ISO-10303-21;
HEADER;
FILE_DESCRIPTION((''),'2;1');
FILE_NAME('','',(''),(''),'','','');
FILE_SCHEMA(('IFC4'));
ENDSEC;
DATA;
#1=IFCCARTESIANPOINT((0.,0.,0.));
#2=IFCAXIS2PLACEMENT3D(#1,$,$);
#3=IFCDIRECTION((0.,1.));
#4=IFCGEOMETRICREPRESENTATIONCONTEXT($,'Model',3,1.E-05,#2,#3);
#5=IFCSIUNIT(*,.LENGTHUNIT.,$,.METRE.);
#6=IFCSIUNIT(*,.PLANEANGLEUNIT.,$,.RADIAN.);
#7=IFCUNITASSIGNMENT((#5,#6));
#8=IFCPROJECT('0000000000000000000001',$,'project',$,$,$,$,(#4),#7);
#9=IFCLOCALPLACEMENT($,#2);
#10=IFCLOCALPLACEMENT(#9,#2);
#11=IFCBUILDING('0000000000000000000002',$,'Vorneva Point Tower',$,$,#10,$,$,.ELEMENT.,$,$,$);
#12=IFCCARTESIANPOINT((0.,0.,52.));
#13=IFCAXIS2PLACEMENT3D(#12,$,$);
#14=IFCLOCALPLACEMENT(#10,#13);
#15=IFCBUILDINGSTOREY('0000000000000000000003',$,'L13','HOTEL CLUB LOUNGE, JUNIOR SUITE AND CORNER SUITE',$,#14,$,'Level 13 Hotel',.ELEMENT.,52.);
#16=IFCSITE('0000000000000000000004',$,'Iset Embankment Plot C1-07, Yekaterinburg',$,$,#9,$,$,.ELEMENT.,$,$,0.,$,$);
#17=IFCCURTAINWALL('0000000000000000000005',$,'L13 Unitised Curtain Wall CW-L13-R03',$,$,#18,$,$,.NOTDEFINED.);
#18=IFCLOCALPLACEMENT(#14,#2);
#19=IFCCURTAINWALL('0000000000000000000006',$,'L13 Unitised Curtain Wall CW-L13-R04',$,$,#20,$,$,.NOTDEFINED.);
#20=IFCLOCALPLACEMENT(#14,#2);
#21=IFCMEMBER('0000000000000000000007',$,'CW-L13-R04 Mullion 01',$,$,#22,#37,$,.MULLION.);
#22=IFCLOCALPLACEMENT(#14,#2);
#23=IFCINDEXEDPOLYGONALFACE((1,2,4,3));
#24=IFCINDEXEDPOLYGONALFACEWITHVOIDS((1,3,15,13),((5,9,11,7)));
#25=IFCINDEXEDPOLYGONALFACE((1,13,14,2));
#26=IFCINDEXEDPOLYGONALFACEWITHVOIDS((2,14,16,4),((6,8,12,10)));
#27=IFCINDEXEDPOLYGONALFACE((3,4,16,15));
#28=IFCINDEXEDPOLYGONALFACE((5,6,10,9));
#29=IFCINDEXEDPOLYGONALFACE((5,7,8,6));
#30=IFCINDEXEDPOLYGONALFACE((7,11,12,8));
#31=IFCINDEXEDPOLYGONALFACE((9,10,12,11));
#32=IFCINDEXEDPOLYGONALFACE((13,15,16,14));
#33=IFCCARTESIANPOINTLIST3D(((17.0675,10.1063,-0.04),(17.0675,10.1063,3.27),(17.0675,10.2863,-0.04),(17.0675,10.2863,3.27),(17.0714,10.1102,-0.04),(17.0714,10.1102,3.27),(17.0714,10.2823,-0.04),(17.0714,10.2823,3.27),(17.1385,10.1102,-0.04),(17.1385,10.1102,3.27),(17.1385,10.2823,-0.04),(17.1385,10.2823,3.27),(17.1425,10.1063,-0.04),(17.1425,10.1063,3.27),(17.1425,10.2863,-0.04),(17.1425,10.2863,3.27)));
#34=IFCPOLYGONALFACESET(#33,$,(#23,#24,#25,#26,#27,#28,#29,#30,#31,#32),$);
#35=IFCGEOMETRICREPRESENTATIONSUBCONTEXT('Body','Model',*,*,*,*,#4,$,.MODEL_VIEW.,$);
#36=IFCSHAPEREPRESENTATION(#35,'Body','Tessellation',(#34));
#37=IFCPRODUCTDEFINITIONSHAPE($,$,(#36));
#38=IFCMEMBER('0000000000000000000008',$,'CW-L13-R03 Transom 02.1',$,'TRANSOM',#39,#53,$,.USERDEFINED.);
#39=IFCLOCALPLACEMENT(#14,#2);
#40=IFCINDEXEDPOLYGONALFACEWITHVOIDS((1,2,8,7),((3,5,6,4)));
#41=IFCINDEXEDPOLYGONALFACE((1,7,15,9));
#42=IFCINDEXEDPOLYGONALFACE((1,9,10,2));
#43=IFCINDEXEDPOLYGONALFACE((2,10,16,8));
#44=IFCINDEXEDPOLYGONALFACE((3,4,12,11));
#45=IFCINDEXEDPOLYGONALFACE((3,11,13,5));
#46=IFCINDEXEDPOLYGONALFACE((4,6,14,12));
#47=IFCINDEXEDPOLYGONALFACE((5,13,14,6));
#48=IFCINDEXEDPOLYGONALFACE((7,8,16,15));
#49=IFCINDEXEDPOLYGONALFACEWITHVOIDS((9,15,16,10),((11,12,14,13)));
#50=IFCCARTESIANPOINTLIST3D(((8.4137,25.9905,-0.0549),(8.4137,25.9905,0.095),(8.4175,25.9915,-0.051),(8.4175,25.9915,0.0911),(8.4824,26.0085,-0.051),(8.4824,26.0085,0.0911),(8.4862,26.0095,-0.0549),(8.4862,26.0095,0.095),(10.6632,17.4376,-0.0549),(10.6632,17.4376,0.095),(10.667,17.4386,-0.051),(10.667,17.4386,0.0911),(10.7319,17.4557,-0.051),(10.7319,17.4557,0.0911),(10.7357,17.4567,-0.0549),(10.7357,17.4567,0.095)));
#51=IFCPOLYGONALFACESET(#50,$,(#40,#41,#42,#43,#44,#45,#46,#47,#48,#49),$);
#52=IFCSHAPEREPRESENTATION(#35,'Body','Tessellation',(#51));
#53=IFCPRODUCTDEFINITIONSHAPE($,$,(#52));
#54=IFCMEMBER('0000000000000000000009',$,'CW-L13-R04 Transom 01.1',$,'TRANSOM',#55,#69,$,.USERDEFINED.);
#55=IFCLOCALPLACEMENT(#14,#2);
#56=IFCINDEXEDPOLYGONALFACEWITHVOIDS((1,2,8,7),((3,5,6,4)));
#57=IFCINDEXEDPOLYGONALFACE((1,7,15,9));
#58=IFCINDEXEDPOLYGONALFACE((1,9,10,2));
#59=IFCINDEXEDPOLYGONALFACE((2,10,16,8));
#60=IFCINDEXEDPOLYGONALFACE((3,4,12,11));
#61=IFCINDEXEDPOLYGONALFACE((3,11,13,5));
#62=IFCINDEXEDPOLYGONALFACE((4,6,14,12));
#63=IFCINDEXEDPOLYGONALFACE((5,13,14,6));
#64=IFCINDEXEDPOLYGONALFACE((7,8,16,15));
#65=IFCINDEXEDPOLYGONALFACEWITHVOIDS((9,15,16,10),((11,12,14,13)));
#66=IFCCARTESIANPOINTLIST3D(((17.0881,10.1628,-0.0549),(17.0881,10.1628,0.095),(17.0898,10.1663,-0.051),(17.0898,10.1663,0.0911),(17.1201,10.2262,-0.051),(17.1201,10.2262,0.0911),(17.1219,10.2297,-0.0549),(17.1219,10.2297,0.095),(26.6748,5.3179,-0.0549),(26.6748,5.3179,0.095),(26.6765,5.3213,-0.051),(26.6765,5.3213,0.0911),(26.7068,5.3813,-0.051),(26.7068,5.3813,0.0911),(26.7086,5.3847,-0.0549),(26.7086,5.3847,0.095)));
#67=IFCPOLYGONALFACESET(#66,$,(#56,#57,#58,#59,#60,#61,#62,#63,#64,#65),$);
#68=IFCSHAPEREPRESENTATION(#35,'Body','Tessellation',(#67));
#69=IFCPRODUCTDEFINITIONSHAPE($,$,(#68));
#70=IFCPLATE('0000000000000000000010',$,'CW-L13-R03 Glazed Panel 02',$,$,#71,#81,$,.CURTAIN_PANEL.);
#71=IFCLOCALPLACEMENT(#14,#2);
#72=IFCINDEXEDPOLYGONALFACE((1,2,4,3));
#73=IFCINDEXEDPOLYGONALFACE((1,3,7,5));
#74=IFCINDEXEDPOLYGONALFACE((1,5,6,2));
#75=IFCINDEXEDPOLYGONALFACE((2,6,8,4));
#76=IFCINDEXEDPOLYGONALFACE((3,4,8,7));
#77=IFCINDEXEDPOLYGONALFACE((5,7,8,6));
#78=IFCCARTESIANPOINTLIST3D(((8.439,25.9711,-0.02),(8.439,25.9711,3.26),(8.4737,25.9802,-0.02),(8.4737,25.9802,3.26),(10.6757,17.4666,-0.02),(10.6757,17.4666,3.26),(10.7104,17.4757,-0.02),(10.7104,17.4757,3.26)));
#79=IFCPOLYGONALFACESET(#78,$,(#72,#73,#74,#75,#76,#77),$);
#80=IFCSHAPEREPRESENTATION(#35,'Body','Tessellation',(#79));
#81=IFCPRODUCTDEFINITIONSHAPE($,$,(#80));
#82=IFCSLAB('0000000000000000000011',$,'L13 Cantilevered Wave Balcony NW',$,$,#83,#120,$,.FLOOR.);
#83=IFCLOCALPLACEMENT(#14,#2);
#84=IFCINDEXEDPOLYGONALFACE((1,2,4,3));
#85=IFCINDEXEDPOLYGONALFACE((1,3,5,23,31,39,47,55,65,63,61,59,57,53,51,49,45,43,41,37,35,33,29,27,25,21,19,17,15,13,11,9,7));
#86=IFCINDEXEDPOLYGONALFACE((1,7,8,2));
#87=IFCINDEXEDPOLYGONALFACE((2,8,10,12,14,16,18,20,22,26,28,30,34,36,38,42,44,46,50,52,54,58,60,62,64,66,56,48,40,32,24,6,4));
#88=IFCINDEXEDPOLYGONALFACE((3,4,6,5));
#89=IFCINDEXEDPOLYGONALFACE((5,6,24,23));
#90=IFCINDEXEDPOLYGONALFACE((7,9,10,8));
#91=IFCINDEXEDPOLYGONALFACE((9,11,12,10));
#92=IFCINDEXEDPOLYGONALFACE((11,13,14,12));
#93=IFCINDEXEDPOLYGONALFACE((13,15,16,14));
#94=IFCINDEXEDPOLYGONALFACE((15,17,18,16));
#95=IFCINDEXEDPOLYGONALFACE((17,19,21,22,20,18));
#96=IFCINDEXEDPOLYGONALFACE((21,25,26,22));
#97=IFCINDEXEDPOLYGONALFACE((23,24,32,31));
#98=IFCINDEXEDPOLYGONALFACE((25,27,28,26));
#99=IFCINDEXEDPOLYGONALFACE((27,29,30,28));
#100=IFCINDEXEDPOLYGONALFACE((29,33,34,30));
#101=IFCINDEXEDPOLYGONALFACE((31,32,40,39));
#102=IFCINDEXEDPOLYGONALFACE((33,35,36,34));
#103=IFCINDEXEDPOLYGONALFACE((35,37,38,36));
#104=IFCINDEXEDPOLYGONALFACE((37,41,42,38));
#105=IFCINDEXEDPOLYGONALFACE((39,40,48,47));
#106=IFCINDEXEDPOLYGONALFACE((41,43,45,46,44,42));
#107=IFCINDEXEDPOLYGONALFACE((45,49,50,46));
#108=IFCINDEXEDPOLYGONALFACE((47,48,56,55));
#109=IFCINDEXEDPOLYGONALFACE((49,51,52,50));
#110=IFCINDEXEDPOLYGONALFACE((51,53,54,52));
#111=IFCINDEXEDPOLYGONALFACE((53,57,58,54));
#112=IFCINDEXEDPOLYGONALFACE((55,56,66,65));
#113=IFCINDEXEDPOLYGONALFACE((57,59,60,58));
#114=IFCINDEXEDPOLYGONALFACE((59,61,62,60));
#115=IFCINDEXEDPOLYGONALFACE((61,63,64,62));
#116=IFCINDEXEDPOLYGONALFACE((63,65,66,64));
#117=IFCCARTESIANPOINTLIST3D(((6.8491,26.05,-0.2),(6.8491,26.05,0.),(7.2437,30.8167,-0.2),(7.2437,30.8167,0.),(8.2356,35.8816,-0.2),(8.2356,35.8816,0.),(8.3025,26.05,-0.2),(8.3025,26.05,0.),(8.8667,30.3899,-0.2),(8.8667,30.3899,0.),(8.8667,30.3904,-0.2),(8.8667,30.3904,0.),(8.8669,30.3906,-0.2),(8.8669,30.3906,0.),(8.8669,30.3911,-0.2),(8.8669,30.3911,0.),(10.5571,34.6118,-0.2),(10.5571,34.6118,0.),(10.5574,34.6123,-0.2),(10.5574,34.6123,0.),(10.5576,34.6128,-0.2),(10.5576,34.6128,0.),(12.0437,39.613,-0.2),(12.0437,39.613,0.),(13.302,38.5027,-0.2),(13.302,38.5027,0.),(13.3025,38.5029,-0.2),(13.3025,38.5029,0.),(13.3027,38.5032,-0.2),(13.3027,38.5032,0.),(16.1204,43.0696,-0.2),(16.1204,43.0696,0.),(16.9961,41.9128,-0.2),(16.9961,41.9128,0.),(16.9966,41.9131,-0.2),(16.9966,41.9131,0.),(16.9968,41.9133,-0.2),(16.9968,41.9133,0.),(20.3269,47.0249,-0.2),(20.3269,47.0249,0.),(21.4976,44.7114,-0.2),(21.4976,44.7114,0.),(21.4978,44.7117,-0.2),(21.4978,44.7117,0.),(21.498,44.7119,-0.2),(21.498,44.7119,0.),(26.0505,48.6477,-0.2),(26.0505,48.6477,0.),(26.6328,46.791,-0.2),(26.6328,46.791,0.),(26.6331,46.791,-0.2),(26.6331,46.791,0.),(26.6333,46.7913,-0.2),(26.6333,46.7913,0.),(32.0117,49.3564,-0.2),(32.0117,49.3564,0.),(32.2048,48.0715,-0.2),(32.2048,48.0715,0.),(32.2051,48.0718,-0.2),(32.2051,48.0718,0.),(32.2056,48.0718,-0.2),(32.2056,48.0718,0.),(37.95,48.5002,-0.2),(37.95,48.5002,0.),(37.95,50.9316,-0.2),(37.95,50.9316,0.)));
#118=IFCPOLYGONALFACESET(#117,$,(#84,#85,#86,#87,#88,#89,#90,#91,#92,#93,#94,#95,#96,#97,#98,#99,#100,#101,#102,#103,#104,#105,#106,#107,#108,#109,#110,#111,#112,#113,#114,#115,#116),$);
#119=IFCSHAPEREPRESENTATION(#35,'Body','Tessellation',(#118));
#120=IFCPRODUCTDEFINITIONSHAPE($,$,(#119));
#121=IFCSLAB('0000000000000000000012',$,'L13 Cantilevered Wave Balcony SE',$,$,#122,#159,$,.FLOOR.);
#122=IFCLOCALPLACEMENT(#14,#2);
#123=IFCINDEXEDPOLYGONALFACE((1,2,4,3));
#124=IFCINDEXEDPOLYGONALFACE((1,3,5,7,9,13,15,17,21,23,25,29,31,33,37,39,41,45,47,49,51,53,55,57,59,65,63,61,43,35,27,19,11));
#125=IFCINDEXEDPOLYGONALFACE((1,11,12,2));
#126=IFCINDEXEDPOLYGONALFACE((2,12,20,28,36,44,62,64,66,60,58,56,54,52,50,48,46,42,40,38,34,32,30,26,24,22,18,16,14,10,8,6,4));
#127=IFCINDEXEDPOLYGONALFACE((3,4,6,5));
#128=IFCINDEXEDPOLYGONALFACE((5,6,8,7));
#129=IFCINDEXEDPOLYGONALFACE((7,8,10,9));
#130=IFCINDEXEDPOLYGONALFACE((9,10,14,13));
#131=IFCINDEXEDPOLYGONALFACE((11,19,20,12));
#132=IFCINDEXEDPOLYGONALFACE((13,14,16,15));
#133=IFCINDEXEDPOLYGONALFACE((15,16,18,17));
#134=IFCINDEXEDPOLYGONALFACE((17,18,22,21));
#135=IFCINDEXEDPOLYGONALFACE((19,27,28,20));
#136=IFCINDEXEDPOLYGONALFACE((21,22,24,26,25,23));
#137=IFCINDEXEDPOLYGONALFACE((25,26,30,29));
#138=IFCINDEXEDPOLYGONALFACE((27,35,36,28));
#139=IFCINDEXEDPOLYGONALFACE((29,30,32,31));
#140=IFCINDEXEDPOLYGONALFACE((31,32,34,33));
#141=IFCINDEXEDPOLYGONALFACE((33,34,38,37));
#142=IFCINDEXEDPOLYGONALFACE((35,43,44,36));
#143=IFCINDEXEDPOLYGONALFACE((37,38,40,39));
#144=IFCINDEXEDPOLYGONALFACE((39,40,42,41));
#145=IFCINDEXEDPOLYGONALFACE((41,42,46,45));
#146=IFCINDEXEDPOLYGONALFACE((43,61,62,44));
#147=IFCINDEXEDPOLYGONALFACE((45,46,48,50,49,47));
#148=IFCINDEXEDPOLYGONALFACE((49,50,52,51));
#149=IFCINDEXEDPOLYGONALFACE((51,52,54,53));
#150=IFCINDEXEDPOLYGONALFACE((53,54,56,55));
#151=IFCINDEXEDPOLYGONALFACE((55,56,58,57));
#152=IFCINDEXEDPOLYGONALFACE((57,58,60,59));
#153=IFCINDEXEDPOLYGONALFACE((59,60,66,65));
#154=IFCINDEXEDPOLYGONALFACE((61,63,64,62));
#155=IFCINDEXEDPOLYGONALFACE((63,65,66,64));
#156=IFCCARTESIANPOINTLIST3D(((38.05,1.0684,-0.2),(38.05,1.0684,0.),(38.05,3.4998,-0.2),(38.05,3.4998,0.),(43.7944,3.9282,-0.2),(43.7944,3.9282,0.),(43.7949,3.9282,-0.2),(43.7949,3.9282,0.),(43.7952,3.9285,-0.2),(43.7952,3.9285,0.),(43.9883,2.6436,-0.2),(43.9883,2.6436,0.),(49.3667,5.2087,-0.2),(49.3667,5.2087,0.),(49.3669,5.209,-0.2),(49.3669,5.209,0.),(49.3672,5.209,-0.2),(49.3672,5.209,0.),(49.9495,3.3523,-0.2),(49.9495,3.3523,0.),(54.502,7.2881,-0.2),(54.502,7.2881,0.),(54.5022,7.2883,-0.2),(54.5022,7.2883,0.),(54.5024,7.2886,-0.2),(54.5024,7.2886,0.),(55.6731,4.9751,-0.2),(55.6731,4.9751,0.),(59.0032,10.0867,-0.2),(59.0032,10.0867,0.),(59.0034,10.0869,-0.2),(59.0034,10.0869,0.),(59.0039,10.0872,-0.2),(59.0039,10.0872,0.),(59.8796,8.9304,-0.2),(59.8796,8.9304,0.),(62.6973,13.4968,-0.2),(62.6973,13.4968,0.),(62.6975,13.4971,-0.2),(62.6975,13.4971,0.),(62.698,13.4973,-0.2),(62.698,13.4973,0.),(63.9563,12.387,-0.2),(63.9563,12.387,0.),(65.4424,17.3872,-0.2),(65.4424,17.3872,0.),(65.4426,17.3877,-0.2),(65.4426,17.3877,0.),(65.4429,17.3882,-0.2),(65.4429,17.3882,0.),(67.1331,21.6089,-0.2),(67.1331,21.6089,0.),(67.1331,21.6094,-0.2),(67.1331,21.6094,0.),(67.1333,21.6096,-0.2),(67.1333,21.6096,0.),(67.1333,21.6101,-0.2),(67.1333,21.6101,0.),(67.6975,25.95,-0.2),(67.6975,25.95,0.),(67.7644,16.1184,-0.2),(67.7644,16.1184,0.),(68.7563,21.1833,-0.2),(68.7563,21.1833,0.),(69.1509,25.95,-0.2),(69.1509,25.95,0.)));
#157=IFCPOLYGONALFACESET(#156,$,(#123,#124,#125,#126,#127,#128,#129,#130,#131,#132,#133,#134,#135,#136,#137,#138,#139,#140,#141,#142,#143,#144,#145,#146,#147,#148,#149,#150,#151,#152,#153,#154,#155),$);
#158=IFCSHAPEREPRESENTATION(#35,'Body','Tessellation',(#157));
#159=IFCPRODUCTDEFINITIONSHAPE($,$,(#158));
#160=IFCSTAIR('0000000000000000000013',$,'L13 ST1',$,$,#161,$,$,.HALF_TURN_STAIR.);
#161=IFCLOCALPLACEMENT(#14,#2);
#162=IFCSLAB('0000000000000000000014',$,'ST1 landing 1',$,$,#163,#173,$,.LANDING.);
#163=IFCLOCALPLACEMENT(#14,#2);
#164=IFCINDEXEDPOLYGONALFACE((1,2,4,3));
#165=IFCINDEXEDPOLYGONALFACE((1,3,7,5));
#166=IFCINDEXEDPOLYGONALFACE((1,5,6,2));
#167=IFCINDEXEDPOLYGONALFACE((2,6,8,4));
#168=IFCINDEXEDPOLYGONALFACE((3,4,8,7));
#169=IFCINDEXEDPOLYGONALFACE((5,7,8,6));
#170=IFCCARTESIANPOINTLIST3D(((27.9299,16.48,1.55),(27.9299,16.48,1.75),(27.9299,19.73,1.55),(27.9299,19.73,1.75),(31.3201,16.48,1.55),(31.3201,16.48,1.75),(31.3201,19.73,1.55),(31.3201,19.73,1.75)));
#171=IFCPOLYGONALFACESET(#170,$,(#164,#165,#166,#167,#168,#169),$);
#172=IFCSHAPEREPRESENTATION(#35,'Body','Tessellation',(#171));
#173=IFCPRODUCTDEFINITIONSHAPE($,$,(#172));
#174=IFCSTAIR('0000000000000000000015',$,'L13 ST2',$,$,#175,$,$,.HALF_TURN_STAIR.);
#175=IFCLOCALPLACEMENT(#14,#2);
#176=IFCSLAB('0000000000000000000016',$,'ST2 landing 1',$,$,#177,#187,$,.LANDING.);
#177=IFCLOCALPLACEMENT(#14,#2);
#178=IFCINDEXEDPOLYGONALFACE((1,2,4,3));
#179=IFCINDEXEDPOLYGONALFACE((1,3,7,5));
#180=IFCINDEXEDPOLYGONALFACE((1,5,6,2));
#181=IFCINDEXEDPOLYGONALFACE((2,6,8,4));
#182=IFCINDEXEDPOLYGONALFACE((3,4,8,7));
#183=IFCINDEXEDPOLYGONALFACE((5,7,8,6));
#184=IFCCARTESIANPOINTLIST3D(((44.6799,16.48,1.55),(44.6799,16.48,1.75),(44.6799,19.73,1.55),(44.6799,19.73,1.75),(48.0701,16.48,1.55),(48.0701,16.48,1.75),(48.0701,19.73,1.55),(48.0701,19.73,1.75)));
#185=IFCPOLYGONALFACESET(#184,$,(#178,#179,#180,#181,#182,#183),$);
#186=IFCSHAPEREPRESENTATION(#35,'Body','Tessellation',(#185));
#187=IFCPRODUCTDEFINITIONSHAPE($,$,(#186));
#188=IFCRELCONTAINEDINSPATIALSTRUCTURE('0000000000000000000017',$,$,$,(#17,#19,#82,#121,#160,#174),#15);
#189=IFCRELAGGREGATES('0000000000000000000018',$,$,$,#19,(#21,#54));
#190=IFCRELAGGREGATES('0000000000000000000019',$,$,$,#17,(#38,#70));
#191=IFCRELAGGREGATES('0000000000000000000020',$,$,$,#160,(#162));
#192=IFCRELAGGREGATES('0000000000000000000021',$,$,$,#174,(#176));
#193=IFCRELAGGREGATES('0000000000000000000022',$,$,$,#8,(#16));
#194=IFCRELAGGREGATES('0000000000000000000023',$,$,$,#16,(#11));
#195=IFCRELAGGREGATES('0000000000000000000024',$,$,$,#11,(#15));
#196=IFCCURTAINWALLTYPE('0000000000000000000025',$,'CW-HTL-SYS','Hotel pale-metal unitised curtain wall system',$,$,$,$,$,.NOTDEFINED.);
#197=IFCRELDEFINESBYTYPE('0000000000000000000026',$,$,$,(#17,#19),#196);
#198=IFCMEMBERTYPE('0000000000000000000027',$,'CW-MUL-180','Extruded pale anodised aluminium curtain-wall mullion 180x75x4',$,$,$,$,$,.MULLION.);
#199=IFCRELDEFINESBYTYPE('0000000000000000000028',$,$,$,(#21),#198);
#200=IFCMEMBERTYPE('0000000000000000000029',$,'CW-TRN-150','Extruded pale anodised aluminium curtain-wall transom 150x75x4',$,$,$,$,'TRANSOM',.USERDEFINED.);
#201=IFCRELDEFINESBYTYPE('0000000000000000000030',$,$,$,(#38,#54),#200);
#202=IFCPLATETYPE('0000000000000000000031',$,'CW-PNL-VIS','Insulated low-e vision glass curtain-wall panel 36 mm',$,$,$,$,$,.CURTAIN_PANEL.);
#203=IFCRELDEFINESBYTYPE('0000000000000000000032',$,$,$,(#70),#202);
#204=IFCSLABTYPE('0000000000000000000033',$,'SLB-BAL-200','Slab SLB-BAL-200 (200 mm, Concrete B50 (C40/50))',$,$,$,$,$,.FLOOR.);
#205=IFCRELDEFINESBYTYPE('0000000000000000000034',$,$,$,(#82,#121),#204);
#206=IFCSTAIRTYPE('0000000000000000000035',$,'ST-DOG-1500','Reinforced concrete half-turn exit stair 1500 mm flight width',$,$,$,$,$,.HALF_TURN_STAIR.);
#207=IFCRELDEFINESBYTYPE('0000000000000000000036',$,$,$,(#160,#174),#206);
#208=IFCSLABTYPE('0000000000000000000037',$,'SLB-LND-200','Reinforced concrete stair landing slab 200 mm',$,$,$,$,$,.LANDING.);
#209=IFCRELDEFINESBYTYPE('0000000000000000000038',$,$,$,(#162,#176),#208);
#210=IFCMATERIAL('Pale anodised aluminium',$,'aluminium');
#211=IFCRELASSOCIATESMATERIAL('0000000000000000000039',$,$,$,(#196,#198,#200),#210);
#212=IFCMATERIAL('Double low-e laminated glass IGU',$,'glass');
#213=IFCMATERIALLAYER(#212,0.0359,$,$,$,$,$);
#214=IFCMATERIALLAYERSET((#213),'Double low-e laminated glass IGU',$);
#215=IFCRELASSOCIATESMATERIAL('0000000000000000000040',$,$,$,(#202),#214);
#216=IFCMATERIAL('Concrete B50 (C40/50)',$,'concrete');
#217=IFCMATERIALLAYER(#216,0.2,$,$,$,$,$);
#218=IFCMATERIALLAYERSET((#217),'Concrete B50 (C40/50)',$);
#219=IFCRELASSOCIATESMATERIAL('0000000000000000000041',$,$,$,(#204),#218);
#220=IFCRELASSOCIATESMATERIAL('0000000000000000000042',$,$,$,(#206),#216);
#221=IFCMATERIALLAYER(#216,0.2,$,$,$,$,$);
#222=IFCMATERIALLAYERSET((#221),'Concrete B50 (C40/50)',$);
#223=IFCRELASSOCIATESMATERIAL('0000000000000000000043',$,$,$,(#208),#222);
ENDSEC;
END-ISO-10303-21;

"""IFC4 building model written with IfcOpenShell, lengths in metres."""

from ifc_helpers import new_model, si_unit, direction, frame, origin, origin_2d, place, context, subcontext, project, spatial, polyline, rectangle, hollow_rectangle, outline, extrude, material, layer, layer_set, material_profile, profile_set, type_object, element, aggregate, save


model = new_model("IFC4")

# Units and contexts
model_context = context("Model", 3, precision=1e-05, world=origin(), true_north=direction((0.0, 1.0)))
body_context = subcontext(model_context, "Body", "Model", "MODEL_VIEW")
ifc_project = project(units=[si_unit("LENGTHUNIT", "METRE"), si_unit("PLANEANGLEUNIT", "RADIAN")], contexts=[model_context])

# Site, building, storey
site_placement = place(None, origin())
site = spatial("IfcSite", under=ifc_project, at=site_placement, Name="Iset Embankment Plot C1-07, Yekaterinburg", CompositionType="ELEMENT", RefElevation=0.0)
building_placement = place(site_placement, origin())
building = spatial("IfcBuilding", under=site, at=building_placement, Name="Vorneva Point Tower", CompositionType="ELEMENT")
storey_placement = place(building_placement, frame((0.0, 0.0, 52.0)))
storey = spatial("IfcBuildingStorey", under=building, at=storey_placement, Name="L13", Description="HOTEL CLUB LOUNGE, JUNIOR SUITE AND CORNER SUITE", LongName="Level 13 Hotel", CompositionType="ELEMENT", Elevation=52.0)

# Curtain wall
ifc_material_1 = material(Name="Pale anodised aluminium", Category="aluminium")
curtain_wall_type = type_object("IfcCurtainWallType", Name="CW-HTL-SYS", Description="Hotel pale-metal unitised curtain wall system", PredefinedType="NOTDEFINED", material=ifc_material_1)
curtain_wall_1_placement = place(storey_placement, origin())
curtain_wall_1 = element("IfcCurtainWall", 1, at=curtain_wall_1_placement, inside=storey, type_object=curtain_wall_type, Name="L13 Unitised Curtain Wall CW-L13-R03", PredefinedType="NOTDEFINED")
ifc_material_profile_1 = material_profile(ifc_material_1, hollow_rectangle(XDim=0.075, YDim=0.1799, WallThickness=0.0039, at=origin_2d()), Name="AL-MUL 180x75x4")
ifc_profile_set_1 = profile_set([ifc_material_profile_1], Name="Pale anodised aluminium")
member_type_1 = type_object("IfcMemberType", Name="CW-MUL-180", Description="Extruded pale anodised aluminium curtain-wall mullion 180x75x4", PredefinedType="MULLION", material=ifc_profile_set_1)

# Curtain wall, member
curtain_wall_2_placement = place(storey_placement, origin())
curtain_wall_2 = element("IfcCurtainWall", 2, at=curtain_wall_2_placement, inside=storey, type_object=curtain_wall_type, Name="L13 Unitised Curtain Wall CW-L13-R04", PredefinedType="NOTDEFINED")
member_1_placement = place(storey_placement, frame((17.105, 10.1963, -0.04), z_axis=(0.0, 0.0, 1.0), x_axis=(1.0, 0.0, 0.0)))
member_1 = element("IfcMember", 3, at=member_1_placement, type_object=member_type_1, Name="CW-L13-R04 Mullion 01", PredefinedType="MULLION", context=body_context, shape_type="SweptSolid", body=[
    extrude(hollow_rectangle(XDim=0.075, YDim=0.1799, WallThickness=0.0039, at=origin_2d()), origin(), (0.0, 0.0, 1.0), 3.3101),
])

# Members
ifc_material_profile_2 = material_profile(ifc_material_1, hollow_rectangle(XDim=0.075, YDim=0.1499, WallThickness=0.0039, at=origin_2d()), Name="AL-TRN 150x75x4")
ifc_profile_set_2 = profile_set([ifc_material_profile_2], Name="Pale anodised aluminium")
member_type_2 = type_object("IfcMemberType", Name="CW-TRN-150", Description="Extruded pale anodised aluminium curtain-wall transom 150x75x4", ElementType="TRANSOM", PredefinedType="USERDEFINED", material=ifc_profile_set_2)
member_2_placement = place(storey_placement, frame((8.45, 26.0, 0.02), z_axis=(0.254359, -0.96711, 0.0), x_axis=(0.96711, 0.254359, 0.0)))
member_2 = element("IfcMember", 4, at=member_2_placement, type_object=member_type_2, Name="CW-L13-R03 Transom 02.1", ObjectType="TRANSOM", PredefinedType="USERDEFINED", context=body_context, shape_type="SweptSolid", body=[
    extrude(hollow_rectangle(XDim=0.075, YDim=0.1499, WallThickness=0.0039, at=origin_2d()), origin(), (0.0, 0.0, 1.0), 8.8438),
])
member_3_placement = place(storey_placement, frame((17.105, 10.1963, 0.02), z_axis=(0.892496, -0.451055, 0.0), x_axis=(0.451055, 0.892496, 0.0)))
member_3 = element("IfcMember", 5, at=member_3_placement, type_object=member_type_2, Name="CW-L13-R04 Transom 01.1", ObjectType="TRANSOM", PredefinedType="USERDEFINED", context=body_context, shape_type="SweptSolid", body=[
    extrude(hollow_rectangle(XDim=0.075, YDim=0.1499, WallThickness=0.0039, at=origin_2d()), origin(), (0.0, 0.0, 1.0), 10.7415),
])
aggregate(curtain_wall_2, [member_1, member_3])

# Plate
ifc_material_2 = material(Name="Double low-e laminated glass IGU", Category="glass")
ifc_layer_1 = layer(ifc_material_2, 0.0359)
ifc_layer_set_1 = layer_set([ifc_layer_1], Name="Double low-e laminated glass IGU")
plate_type = type_object("IfcPlateType", Name="CW-PNL-VIS", Description="Insulated low-e vision glass curtain-wall panel 36 mm", PredefinedType="CURTAIN_PANEL", material=ifc_layer_set_1)
plate_placement = place(storey_placement, frame((9.5747, 21.7234, -0.02), z_axis=(0.0, 0.0, 1.0), x_axis=(0.254349, -0.967113, 0.0)))
plate = element("IfcPlate", 6, at=plate_placement, type_object=plate_type, Name="CW-L13-R03 Glazed Panel 02", PredefinedType="CURTAIN_PANEL", context=body_context, shape_type="SweptSolid", body=[
    extrude(rectangle(XDim=8.7937, YDim=0.0359, at=origin_2d()), origin(), (0.0, 0.0, 1.0), 3.28),
])
aggregate(curtain_wall_1, [member_2, plate])

# Slabs
ifc_material_3 = material(Name="Concrete B50 (C40/50)", Category="concrete")
ifc_layer_2 = layer(ifc_material_3, 0.2)
ifc_layer_set_2 = layer_set([ifc_layer_2], Name="Concrete B50 (C40/50)")
slab_type_1 = type_object("IfcSlabType", Name="SLB-BAL-200", Description="Slab SLB-BAL-200 (200 mm, Concrete B50 (C40/50))", PredefinedType="FLOOR", material=ifc_layer_set_2)
slab_1_placement = place(storey_placement, frame((0.0, 0.0, -0.2)))
element("IfcSlab", 7, at=slab_1_placement, inside=storey, type_object=slab_type_1, Name="L13 Cantilevered Wave Balcony NW", PredefinedType="FLOOR", context=body_context, shape_type="SweptSolid", body=[
    extrude(outline(polyline([(6.8491, 26.05), (8.3025, 26.05), (8.8667, 30.3899), (8.8667, 30.3904), (8.8669, 30.3906), (8.8669, 30.3911), (10.5571, 34.6118), (10.5574, 34.6123), (10.5576, 34.6128), (13.302, 38.5027), (13.3025, 38.5029), (13.3027, 38.5032), (16.9961, 41.9128), (16.9966, 41.9131), (16.9968, 41.9133), (21.4976, 44.7114), (21.4978, 44.7117), (21.498, 44.7119), (26.6328, 46.791), (26.6331, 46.791), (26.6333, 46.7913), (32.2048, 48.0715), (32.2051, 48.0718), (32.2056, 48.0718), (37.95, 48.5002), (37.95, 50.9316), (32.0117, 49.3564), (26.0505, 48.6477), (20.3269, 47.0249), (16.1204, 43.0696), (12.0437, 39.613), (8.2356, 35.8816), (7.2437, 30.8167), (6.8491, 26.05)])), origin(), (0.0, 0.0, 1.0), 0.2),
])
slab_2_placement = place(storey_placement, frame((0.0, 0.0, -0.2)))
element("IfcSlab", 8, at=slab_2_placement, inside=storey, type_object=slab_type_1, Name="L13 Cantilevered Wave Balcony SE", PredefinedType="FLOOR", context=body_context, shape_type="SweptSolid", body=[
    extrude(outline(polyline([(68.7563, 21.1833), (69.1509, 25.95), (67.6975, 25.95), (67.1333, 21.6101), (67.1333, 21.6096), (67.1331, 21.6094), (67.1331, 21.6089), (65.4429, 17.3882), (65.4426, 17.3877), (65.4424, 17.3872), (62.698, 13.4973), (62.6975, 13.4971), (62.6973, 13.4968), (59.0039, 10.0872), (59.0034, 10.0869), (59.0032, 10.0867), (54.5024, 7.2886), (54.5022, 7.2883), (54.502, 7.2881), (49.3672, 5.209), (49.3669, 5.209), (49.3667, 5.2087), (43.7952, 3.9285), (43.7949, 3.9282), (43.7944, 3.9282), (38.05, 3.4998), (38.05, 1.0684), (43.9883, 2.6436), (49.9495, 3.3523), (55.6731, 4.9751), (59.8796, 8.9304), (63.9563, 12.387), (67.7644, 16.1184), (68.7563, 21.1833)])), origin(), (0.0, 0.0, 1.0), 0.2),
])

# Stairs, slabs
stair_type = type_object("IfcStairType", Name="ST-DOG-1500", Description="Reinforced concrete half-turn exit stair 1500 mm flight width", PredefinedType="HALF_TURN_STAIR", material=ifc_material_3)
stair_1_placement = place(storey_placement, origin())
stair_1 = element("IfcStair", 9, at=stair_1_placement, inside=storey, type_object=stair_type, Name="L13 ST1", PredefinedType="HALF_TURN_STAIR")
ifc_layer_3 = layer(ifc_material_3, 0.2)
ifc_layer_set_3 = layer_set([ifc_layer_3], Name="Concrete B50 (C40/50)")
slab_type_2 = type_object("IfcSlabType", Name="SLB-LND-200", Description="Reinforced concrete stair landing slab 200 mm", PredefinedType="LANDING", material=ifc_layer_set_3)
slab_3_placement = place(storey_placement, frame((0.0, 0.0, 1.55)))
slab_3 = element("IfcSlab", 10, at=slab_3_placement, type_object=slab_type_2, Name="ST1 landing 1", PredefinedType="LANDING", context=body_context, shape_type="SweptSolid", body=[
    extrude(outline(polyline([(27.9299, 16.48), (31.3201, 16.48), (31.3201, 19.73), (27.9299, 19.73), (27.9299, 16.48)])), origin(), (0.0, 0.0, 1.0), 0.2),
])
aggregate(stair_1, [slab_3])
stair_2_placement = place(storey_placement, origin())
stair_2 = element("IfcStair", 11, at=stair_2_placement, inside=storey, type_object=stair_type, Name="L13 ST2", PredefinedType="HALF_TURN_STAIR")
slab_4_placement = place(storey_placement, frame((0.0, 0.0, 1.55)))
slab_4 = element("IfcSlab", 12, at=slab_4_placement, type_object=slab_type_2, Name="ST2 landing 1", PredefinedType="LANDING", context=body_context, shape_type="SweptSolid", body=[
    extrude(outline(polyline([(44.6799, 16.48), (48.0701, 16.48), (48.0701, 19.73), (44.6799, 19.73), (44.6799, 16.48)])), origin(), (0.0, 0.0, 1.0), 0.2),
])
aggregate(stair_2, [slab_4])

save(model, "model.ifc")
